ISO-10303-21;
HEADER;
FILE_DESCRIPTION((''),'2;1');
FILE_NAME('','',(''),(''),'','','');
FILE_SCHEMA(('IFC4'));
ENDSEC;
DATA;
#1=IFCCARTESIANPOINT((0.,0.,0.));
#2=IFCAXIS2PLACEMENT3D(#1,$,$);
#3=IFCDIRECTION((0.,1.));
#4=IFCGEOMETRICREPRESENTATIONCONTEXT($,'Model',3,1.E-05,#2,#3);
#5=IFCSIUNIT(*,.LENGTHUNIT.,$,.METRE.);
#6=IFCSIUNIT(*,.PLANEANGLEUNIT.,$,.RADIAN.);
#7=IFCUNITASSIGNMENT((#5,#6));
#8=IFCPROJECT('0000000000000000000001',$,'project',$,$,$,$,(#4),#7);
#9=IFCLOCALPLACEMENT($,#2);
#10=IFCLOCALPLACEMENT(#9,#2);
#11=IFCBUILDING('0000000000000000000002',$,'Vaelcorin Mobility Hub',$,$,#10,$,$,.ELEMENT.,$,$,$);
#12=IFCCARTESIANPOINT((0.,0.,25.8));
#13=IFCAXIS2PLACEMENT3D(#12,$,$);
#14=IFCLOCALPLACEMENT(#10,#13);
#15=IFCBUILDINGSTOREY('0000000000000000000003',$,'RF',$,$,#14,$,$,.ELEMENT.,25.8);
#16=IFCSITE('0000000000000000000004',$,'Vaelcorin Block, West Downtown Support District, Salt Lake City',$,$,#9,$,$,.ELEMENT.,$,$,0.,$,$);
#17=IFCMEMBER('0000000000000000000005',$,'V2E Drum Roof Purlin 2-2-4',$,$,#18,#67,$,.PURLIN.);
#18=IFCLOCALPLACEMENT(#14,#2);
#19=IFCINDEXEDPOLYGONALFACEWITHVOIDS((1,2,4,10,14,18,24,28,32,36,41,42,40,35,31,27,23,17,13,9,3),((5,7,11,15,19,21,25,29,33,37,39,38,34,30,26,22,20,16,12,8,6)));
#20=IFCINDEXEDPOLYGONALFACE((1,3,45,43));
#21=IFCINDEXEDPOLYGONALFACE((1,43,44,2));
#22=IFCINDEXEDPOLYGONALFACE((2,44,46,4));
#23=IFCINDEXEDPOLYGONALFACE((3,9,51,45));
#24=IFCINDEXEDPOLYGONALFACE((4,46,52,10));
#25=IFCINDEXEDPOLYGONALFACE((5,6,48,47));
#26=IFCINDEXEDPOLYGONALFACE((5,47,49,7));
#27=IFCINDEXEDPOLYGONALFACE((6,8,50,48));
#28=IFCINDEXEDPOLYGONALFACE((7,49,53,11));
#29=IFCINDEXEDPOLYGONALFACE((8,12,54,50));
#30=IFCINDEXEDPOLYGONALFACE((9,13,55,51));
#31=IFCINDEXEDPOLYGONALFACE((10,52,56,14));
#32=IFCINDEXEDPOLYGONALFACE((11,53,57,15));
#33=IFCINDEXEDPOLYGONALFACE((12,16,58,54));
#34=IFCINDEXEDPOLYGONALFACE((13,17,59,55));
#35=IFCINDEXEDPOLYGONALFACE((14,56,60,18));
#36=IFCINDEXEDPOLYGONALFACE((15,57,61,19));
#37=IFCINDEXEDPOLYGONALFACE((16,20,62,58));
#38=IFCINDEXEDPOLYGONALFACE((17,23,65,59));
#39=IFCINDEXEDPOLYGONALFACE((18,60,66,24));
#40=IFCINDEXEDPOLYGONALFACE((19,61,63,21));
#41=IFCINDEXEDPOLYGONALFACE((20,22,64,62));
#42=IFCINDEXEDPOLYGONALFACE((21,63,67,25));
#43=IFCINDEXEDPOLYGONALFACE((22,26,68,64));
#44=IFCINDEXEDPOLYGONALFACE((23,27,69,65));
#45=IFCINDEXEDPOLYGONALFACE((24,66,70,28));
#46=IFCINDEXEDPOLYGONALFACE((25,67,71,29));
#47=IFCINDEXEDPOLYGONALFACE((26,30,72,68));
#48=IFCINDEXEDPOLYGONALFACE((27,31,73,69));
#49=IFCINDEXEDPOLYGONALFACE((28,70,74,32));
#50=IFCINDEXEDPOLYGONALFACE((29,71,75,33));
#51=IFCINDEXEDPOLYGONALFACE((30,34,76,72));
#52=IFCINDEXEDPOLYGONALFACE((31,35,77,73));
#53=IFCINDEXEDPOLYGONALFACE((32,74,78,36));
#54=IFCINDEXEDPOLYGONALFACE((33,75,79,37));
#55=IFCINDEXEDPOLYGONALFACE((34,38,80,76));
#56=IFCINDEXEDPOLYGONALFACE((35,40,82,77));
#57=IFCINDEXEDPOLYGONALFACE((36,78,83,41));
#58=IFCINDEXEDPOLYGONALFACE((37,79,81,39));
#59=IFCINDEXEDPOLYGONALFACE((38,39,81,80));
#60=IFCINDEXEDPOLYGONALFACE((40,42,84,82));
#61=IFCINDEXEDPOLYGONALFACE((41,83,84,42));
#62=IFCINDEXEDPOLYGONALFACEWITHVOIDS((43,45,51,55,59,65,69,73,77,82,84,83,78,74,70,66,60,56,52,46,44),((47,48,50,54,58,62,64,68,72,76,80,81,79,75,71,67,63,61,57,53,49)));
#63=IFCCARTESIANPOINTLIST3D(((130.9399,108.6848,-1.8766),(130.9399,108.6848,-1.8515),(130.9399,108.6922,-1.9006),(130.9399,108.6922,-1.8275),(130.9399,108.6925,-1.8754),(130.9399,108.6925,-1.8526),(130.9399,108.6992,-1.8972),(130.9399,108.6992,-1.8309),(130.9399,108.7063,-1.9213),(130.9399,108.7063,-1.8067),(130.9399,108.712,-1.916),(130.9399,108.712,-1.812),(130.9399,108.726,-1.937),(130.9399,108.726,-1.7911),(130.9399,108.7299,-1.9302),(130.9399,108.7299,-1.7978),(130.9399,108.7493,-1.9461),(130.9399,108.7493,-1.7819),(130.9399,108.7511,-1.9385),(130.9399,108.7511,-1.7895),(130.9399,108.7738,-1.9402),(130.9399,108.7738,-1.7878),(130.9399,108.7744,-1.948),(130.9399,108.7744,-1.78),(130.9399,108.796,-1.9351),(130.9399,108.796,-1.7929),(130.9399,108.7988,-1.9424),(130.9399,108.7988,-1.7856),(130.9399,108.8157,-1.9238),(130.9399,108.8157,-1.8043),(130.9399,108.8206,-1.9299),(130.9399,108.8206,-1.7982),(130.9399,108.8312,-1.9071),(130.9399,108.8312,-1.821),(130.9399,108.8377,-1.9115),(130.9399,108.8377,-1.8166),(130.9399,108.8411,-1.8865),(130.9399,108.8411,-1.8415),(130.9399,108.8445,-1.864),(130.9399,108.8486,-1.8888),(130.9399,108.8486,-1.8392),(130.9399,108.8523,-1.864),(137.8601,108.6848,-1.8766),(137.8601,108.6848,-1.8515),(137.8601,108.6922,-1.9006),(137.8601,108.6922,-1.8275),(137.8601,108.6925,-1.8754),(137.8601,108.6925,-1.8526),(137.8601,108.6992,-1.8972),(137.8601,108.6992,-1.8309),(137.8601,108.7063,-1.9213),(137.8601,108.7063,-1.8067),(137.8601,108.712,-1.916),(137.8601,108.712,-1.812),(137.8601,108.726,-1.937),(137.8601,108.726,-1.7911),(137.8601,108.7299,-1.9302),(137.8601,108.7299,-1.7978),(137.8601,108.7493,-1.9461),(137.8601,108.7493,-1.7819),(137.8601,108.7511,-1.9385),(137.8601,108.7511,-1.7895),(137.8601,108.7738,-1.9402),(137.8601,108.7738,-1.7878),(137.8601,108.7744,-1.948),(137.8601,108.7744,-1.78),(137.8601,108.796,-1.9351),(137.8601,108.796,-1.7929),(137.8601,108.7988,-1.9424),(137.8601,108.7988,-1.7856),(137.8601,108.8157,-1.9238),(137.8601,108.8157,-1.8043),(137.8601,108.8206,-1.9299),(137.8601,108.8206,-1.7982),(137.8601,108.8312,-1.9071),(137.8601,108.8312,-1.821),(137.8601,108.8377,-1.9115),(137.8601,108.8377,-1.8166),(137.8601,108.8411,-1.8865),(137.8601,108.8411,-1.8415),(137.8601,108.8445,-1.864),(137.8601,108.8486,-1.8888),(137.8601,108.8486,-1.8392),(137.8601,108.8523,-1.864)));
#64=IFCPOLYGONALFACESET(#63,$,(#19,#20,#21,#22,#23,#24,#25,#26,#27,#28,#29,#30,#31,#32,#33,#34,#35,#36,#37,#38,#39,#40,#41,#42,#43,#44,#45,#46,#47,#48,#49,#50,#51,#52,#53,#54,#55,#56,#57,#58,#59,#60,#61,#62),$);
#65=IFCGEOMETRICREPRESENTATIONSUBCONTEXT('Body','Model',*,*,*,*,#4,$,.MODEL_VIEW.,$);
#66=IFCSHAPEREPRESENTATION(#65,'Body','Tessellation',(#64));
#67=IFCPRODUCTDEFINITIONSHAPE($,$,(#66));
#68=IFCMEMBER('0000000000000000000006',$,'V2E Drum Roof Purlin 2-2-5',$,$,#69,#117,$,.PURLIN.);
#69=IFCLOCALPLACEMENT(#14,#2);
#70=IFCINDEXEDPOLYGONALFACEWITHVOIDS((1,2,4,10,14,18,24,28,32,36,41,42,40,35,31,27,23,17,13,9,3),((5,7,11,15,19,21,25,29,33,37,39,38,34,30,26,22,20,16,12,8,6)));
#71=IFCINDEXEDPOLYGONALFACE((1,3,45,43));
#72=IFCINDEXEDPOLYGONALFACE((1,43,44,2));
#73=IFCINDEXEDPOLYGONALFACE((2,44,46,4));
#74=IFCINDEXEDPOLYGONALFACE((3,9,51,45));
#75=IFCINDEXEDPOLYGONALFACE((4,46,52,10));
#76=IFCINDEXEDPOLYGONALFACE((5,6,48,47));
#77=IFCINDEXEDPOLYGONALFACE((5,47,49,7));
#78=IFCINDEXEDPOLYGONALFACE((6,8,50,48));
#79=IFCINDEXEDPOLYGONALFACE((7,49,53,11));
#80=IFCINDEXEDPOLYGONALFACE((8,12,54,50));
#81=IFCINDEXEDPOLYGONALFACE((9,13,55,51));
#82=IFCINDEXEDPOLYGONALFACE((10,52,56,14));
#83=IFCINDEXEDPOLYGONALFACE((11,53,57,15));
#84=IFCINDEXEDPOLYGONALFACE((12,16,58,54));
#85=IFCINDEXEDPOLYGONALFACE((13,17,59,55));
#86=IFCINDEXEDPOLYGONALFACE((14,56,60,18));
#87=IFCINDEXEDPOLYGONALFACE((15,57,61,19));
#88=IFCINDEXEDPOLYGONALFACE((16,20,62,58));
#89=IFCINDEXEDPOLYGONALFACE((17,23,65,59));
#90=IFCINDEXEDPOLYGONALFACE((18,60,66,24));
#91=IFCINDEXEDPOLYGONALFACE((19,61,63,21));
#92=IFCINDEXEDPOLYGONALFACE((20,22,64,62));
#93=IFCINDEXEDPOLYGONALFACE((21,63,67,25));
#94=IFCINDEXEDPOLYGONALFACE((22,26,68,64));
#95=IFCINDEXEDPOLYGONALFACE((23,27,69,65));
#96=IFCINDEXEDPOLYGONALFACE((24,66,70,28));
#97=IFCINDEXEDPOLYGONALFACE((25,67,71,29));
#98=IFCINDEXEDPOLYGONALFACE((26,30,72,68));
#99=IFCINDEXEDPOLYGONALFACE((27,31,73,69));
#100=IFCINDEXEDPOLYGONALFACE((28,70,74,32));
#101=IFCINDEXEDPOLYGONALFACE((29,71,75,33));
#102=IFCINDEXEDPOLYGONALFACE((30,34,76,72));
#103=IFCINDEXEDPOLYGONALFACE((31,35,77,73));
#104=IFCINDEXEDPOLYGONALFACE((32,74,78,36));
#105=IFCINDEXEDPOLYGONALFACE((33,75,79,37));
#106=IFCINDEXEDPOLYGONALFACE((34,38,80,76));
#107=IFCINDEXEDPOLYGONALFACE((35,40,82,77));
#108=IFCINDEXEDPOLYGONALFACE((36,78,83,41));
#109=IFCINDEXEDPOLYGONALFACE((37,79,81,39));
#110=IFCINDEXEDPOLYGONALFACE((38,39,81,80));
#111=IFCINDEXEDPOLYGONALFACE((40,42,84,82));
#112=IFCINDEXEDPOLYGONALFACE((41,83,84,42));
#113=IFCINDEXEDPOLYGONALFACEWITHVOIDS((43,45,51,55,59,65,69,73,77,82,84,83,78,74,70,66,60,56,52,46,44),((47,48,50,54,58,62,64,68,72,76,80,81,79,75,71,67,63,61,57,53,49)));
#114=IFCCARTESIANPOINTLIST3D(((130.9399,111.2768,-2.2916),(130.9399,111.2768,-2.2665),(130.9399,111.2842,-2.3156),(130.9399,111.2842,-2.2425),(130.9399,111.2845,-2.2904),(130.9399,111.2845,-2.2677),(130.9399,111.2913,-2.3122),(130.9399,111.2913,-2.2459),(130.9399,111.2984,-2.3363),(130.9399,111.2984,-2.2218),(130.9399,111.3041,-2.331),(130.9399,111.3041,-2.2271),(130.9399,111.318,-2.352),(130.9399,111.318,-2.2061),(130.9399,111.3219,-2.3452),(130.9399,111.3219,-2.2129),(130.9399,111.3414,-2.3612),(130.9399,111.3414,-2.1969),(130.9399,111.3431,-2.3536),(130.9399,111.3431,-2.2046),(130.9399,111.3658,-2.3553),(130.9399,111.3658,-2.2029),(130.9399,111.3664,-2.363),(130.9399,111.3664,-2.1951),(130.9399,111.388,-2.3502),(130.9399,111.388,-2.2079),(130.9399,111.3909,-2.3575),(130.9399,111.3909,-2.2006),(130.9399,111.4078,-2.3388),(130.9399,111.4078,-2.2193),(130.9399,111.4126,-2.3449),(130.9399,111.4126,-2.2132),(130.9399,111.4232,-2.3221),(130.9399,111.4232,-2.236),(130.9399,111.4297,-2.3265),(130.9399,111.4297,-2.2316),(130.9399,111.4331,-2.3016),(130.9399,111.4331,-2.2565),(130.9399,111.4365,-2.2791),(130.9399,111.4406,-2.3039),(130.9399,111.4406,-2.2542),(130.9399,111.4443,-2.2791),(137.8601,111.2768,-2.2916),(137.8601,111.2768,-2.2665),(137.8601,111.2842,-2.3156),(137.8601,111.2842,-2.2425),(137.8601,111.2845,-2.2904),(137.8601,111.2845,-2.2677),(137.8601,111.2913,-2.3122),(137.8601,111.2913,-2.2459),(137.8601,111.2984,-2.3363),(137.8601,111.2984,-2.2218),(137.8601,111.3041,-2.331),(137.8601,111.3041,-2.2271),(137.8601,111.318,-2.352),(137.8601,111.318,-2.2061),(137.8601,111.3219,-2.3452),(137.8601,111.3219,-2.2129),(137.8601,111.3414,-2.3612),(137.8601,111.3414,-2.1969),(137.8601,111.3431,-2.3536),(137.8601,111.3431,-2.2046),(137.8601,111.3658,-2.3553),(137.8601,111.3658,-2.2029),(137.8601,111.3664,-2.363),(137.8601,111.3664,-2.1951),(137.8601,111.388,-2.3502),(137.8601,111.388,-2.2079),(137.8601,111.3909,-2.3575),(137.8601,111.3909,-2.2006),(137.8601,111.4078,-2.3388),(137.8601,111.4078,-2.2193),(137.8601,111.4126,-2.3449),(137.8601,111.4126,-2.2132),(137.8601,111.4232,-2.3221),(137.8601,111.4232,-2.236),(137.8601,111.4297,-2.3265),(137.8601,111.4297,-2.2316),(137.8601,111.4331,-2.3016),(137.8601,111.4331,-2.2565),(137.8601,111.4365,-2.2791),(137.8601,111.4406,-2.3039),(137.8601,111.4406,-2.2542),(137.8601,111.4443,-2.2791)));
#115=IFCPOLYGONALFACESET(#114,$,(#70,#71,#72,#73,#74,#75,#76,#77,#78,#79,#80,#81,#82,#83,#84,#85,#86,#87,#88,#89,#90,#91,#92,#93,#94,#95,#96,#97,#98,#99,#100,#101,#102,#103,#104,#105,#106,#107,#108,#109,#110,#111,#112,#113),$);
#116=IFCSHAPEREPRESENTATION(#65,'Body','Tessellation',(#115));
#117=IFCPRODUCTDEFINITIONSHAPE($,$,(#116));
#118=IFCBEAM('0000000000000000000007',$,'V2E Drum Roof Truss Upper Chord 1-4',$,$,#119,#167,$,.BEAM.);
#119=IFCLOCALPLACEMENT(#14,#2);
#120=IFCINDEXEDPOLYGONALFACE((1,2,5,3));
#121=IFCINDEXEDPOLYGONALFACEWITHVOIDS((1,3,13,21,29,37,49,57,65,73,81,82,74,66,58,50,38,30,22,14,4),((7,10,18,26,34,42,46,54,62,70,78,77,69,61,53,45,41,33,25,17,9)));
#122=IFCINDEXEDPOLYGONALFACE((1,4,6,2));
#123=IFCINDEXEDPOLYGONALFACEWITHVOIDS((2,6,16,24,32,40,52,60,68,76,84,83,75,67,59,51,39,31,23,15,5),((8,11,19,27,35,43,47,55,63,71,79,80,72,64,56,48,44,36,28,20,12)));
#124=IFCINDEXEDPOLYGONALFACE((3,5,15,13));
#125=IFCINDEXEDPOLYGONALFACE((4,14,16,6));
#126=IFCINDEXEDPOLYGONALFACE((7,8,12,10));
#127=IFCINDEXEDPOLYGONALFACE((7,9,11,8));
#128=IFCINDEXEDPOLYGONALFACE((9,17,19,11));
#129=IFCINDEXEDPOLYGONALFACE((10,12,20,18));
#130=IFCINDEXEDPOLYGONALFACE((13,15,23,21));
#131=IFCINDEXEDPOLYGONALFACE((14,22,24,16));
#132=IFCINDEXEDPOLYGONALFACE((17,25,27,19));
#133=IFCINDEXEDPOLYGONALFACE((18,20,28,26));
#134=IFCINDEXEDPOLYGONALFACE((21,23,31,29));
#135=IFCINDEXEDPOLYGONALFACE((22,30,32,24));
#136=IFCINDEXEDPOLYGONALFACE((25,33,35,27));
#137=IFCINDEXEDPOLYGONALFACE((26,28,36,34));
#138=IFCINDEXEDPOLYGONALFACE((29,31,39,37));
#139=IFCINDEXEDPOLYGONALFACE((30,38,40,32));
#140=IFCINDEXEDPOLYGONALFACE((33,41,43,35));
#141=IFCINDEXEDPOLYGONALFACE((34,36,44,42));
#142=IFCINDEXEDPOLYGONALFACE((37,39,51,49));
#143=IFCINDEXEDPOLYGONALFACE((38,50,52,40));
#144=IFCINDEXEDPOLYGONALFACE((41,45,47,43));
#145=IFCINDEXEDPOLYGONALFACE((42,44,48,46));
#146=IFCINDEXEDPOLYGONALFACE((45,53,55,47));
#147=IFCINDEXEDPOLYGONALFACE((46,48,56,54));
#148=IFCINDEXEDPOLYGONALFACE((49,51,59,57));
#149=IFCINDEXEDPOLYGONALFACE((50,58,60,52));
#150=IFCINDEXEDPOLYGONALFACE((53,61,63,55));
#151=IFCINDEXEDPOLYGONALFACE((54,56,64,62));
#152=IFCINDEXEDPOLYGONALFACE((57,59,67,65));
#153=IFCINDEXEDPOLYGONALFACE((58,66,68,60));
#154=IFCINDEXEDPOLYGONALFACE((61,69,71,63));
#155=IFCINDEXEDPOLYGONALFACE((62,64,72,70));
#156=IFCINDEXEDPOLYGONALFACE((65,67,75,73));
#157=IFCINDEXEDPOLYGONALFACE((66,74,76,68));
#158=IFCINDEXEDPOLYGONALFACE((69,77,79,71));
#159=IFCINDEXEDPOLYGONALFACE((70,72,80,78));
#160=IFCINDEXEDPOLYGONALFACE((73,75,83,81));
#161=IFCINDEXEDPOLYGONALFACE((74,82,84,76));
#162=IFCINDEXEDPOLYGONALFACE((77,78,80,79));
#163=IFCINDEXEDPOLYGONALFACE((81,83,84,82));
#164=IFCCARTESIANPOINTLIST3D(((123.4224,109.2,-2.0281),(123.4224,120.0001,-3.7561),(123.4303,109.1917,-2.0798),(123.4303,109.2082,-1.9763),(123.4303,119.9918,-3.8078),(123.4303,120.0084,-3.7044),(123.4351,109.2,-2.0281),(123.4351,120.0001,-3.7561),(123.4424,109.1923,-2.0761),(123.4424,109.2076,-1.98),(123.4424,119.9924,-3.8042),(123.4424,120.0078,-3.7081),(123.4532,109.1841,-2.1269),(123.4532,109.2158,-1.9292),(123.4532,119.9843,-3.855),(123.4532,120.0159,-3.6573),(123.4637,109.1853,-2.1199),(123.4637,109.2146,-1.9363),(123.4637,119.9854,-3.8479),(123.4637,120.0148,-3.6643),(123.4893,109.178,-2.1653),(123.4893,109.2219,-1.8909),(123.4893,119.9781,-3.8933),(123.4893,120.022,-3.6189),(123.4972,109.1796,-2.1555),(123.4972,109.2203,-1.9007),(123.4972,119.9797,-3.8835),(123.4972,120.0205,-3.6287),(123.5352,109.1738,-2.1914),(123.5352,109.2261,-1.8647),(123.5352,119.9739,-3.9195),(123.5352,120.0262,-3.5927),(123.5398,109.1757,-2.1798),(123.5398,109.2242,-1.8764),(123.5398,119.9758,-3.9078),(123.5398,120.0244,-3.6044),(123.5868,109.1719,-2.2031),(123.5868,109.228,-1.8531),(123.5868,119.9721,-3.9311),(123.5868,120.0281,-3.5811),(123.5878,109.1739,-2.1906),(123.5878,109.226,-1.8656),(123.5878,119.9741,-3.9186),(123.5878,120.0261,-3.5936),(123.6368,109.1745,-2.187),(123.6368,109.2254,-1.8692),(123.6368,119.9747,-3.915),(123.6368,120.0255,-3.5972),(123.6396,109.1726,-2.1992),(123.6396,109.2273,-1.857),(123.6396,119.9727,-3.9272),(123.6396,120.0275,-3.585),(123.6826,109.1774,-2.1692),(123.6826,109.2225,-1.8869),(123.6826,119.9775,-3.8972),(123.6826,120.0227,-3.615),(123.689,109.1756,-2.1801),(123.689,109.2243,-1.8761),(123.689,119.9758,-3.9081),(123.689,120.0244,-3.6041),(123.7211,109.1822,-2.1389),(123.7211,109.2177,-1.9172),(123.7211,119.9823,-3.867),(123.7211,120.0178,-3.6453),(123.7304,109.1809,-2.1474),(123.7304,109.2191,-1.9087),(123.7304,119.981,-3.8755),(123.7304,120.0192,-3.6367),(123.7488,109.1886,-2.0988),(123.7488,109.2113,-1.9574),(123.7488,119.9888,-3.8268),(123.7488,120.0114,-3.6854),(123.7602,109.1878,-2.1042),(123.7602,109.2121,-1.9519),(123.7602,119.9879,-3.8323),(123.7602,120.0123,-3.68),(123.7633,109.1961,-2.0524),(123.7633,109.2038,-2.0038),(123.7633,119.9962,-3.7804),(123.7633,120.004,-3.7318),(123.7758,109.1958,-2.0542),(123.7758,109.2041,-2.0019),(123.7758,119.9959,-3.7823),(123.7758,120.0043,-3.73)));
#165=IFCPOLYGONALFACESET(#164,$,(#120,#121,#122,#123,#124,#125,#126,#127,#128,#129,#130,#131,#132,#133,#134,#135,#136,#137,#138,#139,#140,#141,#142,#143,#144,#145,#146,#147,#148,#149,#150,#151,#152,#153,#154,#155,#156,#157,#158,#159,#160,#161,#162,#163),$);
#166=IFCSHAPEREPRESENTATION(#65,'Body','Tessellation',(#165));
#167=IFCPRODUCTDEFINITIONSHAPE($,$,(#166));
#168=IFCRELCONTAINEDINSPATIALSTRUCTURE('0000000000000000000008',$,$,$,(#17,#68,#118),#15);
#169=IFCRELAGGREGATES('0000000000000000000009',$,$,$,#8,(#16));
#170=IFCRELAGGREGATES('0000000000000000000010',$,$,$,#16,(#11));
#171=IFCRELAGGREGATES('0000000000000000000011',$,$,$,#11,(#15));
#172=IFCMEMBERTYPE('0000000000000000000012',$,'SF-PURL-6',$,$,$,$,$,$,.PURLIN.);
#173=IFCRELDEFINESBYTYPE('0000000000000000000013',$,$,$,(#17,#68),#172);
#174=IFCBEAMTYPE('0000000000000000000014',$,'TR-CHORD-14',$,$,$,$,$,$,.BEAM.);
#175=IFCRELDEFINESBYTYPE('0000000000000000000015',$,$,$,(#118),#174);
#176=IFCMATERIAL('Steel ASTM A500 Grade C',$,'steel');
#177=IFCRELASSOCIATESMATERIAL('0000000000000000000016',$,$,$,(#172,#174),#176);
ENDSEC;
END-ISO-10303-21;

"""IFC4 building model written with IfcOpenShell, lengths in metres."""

from ifc_helpers import new_model, si_unit, direction, frame, origin, origin_2d, place, context, subcontext, project, spatial, hollow_circle, extrude, material, material_profile, profile_set, type_object, element, save


model = new_model("IFC4")

# Units and contexts
model_context = context("Model", 3, precision=1e-05, world=origin(), true_north=direction((0.0, 1.0)))
body_context = subcontext(model_context, "Body", "Model", "MODEL_VIEW")
ifc_project = project(units=[si_unit("LENGTHUNIT", "METRE"), si_unit("PLANEANGLEUNIT", "RADIAN")], contexts=[model_context])

# Site, building, storey
site_placement = place(None, origin())
site = spatial("IfcSite", under=ifc_project, at=site_placement, Name="Vaelcorin Block, West Downtown Support District, Salt Lake City", CompositionType="ELEMENT", RefElevation=0.0)
building_placement = place(site_placement, origin())
building = spatial("IfcBuilding", under=site, at=building_placement, Name="Vaelcorin Mobility Hub", CompositionType="ELEMENT")
storey_placement = place(building_placement, frame((0.0, 0.0, 25.8)))
storey = spatial("IfcBuildingStorey", under=building, at=storey_placement, Name="RF", CompositionType="ELEMENT", Elevation=25.8)

# Members
ifc_material_1 = material(Name="Steel ASTM A500 Grade C", Category="steel")
ifc_material_profile_1 = material_profile(ifc_material_1, hollow_circle(Radius=0.0842, WallThickness=0.0078, at=origin_2d()), Name="HSS6.625X0.312")
ifc_profile_set_1 = profile_set([ifc_material_profile_1], Name="Steel ASTM A500 Grade C")
member_type_1 = type_object("IfcMemberType", Name="SF-PURL-6", PredefinedType="PURLIN", material=ifc_profile_set_1)
for number, where, z_axis, x_axis, name in (
    (1, (130.9399, 108.7681, -1.864), (1.0, 0.0, 0.0), (0.0, 1.0, 0.0), "V2E Drum Roof Purlin 2-2-4"),
    (2, (130.9399, 111.3601, -2.2791), (1.0, 0.0, 0.0), (0.0, 1.0, 0.0), "V2E Drum Roof Purlin 2-2-5"),
):
    element("IfcMember", number, at=place(storey_placement, frame(where, z_axis=z_axis, x_axis=x_axis)), inside=storey, type_object=member_type_1, Name=name, PredefinedType="PURLIN", context=body_context, shape_type="SweptSolid", body=[
        extrude(hollow_circle(Radius=0.0842, WallThickness=0.0078, at=origin_2d()), origin(), (0.0, 0.0, 1.0), 6.9202),
    ])

# Beam
ifc_material_profile_2 = material_profile(ifc_material_1, hollow_circle(Radius=0.1777, WallThickness=0.0127, at=origin_2d()), Name="HSS14.000X0.500")
ifc_profile_set_2 = profile_set([ifc_material_profile_2], Name="Steel ASTM A500 Grade C")
beam_type_1 = type_object("IfcBeamType", Name="TR-CHORD-14", PredefinedType="BEAM", material=ifc_profile_set_2)
for number, where, z_axis, x_axis, name in (
    (3, (123.6001, 109.2, -2.0281), (0.0, 0.98744, -0.157992), (-1.0, 0.0, 0.0), "V2E Drum Roof Truss Upper Chord 1-4"),
):
    element("IfcBeam", number, at=place(storey_placement, frame(where, z_axis=z_axis, x_axis=x_axis)), inside=storey, type_object=beam_type_1, Name=name, PredefinedType="BEAM", context=body_context, shape_type="SweptSolid", body=[
        extrude(hollow_circle(Radius=0.1777, WallThickness=0.0127, at=origin_2d()), origin(), (0.0, 0.0, 1.0), 10.9375),
    ])

save(model, "model.ifc")
